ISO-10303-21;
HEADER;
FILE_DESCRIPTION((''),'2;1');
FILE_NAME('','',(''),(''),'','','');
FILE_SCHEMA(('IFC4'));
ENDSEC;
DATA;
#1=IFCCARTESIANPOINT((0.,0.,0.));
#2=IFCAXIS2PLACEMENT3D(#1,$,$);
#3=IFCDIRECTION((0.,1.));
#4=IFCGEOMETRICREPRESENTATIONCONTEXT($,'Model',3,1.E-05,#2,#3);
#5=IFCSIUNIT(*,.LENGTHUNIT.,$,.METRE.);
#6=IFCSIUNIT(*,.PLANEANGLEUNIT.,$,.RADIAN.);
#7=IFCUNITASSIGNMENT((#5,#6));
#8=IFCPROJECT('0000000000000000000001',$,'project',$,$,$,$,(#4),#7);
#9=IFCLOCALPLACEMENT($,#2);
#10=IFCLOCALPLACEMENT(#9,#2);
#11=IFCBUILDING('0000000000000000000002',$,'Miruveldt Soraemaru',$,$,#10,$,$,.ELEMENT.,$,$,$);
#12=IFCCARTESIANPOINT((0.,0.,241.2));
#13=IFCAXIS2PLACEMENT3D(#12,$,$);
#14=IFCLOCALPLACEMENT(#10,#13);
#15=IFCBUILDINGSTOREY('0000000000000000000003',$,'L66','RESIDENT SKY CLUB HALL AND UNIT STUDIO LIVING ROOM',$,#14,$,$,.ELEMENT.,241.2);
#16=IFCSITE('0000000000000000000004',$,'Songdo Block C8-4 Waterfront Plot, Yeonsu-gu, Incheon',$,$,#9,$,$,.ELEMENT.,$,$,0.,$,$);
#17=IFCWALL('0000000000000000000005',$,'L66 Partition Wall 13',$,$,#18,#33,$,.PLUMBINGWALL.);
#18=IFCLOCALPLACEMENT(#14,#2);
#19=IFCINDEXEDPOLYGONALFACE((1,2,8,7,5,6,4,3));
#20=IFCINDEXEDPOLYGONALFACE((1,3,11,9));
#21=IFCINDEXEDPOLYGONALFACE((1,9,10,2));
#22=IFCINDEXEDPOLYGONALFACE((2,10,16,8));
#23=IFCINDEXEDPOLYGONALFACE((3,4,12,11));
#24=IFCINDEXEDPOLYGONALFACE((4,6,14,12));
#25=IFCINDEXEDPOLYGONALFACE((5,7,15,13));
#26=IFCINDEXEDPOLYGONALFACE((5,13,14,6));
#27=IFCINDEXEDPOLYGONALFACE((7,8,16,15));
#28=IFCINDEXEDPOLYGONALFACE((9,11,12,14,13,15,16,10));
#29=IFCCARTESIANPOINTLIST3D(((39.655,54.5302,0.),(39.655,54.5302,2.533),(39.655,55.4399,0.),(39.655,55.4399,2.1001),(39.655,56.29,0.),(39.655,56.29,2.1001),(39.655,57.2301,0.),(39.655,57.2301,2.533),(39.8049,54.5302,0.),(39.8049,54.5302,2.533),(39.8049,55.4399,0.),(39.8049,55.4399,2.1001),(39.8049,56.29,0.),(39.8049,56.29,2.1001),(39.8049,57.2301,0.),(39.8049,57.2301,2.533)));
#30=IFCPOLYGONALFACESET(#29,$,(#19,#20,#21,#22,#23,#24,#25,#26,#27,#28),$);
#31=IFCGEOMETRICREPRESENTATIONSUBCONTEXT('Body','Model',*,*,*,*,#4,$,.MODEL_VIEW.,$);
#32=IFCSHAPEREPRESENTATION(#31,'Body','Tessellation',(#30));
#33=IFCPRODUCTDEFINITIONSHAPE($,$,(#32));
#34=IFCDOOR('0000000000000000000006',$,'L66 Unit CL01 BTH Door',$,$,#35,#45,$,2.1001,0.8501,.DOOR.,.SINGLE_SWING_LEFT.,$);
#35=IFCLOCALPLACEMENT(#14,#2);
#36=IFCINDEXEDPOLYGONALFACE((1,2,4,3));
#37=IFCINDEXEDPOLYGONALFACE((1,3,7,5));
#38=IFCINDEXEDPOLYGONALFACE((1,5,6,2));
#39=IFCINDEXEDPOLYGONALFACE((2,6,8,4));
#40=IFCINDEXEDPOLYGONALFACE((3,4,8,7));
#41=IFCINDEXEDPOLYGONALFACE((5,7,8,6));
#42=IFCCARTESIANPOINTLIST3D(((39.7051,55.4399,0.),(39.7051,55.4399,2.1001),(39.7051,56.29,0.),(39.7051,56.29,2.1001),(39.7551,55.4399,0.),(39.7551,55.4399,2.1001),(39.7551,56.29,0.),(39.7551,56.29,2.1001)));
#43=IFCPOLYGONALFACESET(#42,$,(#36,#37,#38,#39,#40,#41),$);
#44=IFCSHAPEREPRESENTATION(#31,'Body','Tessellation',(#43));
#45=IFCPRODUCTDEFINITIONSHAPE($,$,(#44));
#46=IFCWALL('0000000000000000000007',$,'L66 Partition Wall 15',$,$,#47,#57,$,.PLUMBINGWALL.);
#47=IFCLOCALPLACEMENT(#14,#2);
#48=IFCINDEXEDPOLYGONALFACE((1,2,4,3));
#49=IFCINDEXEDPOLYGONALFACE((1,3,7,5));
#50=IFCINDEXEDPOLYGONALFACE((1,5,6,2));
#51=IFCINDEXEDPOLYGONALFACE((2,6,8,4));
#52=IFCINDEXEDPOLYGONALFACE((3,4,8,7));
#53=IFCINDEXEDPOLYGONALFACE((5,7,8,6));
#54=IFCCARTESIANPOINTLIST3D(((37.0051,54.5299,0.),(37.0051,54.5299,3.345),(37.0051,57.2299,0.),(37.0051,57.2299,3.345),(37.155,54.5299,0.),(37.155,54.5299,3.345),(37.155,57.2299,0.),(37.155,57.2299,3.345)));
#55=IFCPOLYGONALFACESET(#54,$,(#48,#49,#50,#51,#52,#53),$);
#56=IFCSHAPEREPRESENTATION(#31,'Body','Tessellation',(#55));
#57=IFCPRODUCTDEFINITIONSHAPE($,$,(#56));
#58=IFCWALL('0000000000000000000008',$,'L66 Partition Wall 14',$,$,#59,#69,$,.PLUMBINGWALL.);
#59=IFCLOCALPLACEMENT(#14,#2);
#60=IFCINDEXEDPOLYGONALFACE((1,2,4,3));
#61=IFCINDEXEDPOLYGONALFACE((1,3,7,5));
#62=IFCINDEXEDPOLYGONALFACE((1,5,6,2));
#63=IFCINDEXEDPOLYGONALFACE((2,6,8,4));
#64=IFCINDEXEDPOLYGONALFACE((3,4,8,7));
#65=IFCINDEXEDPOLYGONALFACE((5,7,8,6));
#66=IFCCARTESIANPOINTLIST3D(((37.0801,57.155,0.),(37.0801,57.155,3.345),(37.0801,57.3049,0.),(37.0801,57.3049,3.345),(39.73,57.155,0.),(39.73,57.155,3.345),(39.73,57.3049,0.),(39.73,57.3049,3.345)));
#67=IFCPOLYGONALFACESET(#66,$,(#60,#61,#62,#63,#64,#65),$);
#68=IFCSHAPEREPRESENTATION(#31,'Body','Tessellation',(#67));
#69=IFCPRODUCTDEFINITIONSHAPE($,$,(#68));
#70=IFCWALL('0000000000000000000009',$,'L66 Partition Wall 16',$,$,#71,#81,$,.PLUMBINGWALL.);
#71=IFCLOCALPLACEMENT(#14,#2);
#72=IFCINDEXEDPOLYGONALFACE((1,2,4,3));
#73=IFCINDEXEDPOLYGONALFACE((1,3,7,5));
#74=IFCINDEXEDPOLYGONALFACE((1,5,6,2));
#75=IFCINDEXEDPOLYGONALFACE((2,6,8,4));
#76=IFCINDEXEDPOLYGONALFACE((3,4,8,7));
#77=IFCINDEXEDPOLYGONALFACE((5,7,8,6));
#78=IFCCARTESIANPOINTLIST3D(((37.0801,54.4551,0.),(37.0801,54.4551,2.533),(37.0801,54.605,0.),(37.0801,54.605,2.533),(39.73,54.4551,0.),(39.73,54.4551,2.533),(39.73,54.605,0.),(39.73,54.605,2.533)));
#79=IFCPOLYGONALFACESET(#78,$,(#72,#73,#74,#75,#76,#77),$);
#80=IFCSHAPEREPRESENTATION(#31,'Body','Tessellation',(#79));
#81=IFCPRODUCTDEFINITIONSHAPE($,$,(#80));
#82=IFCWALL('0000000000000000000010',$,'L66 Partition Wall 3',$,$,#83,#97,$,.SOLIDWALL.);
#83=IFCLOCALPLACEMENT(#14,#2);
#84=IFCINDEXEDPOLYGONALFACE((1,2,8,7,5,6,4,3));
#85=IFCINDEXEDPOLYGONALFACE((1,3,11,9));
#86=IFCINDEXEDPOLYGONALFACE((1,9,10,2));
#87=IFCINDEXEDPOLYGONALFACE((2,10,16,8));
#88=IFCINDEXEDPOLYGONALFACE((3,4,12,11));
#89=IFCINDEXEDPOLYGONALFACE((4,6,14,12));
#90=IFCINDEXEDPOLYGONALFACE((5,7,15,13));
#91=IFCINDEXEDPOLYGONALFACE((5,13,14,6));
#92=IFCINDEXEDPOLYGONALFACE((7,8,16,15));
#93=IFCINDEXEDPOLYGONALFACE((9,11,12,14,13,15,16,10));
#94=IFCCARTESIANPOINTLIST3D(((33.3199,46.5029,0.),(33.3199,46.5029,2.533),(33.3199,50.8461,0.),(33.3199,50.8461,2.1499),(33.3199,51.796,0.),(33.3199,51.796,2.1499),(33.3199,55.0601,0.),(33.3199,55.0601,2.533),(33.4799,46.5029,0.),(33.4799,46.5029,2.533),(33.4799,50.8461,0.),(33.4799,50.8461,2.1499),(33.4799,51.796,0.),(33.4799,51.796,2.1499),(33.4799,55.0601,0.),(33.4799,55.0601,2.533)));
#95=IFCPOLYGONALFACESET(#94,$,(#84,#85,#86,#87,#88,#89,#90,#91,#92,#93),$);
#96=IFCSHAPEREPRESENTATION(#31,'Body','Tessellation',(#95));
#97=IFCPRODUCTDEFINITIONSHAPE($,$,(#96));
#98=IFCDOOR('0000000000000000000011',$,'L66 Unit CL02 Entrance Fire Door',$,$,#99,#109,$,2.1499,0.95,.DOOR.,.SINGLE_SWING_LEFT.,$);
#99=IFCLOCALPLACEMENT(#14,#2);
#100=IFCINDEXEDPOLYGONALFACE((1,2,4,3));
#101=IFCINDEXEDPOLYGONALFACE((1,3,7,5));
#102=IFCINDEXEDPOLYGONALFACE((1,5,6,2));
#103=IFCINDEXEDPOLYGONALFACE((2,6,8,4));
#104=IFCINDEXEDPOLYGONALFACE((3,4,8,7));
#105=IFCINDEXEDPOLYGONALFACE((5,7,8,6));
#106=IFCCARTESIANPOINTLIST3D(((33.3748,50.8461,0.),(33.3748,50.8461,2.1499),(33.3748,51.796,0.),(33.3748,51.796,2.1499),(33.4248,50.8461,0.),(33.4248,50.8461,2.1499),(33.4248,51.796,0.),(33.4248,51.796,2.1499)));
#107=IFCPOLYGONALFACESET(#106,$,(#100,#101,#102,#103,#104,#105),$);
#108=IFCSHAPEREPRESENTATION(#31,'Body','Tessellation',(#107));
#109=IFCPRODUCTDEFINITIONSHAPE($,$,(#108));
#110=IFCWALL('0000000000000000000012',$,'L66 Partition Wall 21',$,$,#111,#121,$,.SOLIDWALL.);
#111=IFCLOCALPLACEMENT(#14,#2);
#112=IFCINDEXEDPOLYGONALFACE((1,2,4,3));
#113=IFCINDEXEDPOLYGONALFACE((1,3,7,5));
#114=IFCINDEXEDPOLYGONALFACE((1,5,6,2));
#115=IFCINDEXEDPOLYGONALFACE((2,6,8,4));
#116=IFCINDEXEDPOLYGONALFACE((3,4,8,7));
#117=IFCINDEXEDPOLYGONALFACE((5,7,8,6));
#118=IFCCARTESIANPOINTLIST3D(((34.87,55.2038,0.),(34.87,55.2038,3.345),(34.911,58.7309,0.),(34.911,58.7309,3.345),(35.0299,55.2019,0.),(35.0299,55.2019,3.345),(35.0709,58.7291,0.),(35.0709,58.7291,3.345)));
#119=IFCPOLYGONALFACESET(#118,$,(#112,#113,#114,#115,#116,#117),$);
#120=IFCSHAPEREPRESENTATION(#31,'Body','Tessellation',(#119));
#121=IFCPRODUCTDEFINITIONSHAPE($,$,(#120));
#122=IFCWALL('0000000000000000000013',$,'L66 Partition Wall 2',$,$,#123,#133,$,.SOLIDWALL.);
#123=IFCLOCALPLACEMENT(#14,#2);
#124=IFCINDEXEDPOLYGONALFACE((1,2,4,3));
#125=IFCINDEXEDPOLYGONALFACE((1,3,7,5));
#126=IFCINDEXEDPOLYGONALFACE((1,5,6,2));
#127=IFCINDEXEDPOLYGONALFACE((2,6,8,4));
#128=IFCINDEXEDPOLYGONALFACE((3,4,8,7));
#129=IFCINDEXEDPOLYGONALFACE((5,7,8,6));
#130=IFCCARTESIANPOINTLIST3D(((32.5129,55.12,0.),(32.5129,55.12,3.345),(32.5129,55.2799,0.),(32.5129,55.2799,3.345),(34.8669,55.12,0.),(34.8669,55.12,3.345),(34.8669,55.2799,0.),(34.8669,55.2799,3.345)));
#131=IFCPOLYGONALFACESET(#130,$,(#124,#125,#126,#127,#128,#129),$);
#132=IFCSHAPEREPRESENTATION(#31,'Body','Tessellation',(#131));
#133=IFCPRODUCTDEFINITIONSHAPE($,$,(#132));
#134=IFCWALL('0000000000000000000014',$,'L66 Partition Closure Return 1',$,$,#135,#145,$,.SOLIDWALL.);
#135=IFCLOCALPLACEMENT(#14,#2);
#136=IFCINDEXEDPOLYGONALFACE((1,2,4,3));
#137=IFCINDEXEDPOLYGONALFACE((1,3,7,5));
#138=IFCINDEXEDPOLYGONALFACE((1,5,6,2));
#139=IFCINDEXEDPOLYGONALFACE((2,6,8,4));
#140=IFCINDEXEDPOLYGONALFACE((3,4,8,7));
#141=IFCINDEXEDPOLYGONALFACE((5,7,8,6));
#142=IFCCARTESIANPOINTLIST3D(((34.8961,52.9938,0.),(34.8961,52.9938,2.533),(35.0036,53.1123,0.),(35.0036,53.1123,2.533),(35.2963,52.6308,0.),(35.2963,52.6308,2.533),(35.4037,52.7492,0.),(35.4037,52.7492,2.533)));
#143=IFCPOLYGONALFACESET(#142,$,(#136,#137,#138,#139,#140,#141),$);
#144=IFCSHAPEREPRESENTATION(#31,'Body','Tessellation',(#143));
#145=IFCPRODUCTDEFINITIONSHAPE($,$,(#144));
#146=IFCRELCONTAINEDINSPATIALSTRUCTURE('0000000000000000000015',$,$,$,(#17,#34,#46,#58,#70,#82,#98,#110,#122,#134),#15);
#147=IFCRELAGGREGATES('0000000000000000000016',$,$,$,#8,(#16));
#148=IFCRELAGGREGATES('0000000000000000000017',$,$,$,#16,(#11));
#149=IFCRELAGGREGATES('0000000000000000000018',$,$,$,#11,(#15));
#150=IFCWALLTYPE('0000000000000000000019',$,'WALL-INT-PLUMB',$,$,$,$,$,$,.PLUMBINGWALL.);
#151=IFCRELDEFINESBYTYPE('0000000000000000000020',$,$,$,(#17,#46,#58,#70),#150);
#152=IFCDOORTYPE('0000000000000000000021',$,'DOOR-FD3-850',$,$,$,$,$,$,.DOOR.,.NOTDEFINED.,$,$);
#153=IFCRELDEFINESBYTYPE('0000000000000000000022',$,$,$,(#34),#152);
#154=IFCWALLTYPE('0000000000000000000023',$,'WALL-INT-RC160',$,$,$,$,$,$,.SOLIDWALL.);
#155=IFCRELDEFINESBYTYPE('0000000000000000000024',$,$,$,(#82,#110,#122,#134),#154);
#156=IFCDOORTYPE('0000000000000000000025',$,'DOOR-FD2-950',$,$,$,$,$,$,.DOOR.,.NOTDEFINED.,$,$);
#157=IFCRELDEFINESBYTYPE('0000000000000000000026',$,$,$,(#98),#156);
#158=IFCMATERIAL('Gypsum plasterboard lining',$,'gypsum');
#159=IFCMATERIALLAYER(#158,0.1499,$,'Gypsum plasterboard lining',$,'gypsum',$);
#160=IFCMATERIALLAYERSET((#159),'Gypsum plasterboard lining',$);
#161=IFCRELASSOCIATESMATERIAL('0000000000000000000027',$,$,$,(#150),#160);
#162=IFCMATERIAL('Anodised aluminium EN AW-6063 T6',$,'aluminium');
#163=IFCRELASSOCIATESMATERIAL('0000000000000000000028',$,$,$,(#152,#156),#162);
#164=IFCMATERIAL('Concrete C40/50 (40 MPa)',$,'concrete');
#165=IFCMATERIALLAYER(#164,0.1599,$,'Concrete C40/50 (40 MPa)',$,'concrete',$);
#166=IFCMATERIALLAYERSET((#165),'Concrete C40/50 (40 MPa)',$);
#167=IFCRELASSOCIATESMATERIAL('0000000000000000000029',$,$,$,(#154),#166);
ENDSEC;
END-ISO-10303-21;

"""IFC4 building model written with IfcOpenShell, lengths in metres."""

from ifc_helpers import new_model, si_unit, direction, frame, frame_2d, origin, place, context, subcontext, project, spatial, rectangle, extrude, material, layer, layer_set, type_object, element, fill, save


model = new_model("IFC4")

# Units and contexts
model_context = context("Model", 3, precision=1e-05, world=origin(), true_north=direction((0.0, 1.0)))
body_context = subcontext(model_context, "Body", "Model", "MODEL_VIEW")
ifc_project = project(units=[si_unit("LENGTHUNIT", "METRE"), si_unit("PLANEANGLEUNIT", "RADIAN")], contexts=[model_context])

# Site, building, storey
site_placement = place(None, origin())
site = spatial("IfcSite", under=ifc_project, at=site_placement, Name="Songdo Block C8-4 Waterfront Plot, Yeonsu-gu, Incheon", CompositionType="ELEMENT", RefElevation=0.0)
building_placement = place(site_placement, origin())
building = spatial("IfcBuilding", under=site, at=building_placement, Name="Miruveldt Soraemaru", CompositionType="ELEMENT")
storey_placement = place(building_placement, frame((0.0, 0.0, 241.2)))
storey = spatial("IfcBuildingStorey", under=building, at=storey_placement, Name="L66", Description="RESIDENT SKY CLUB HALL AND UNIT STUDIO LIVING ROOM", CompositionType="ELEMENT", Elevation=241.2)

# Wall, opening, door
ifc_material_1 = material(Name="Gypsum plasterboard lining", Category="gypsum")
ifc_layer_1 = layer(ifc_material_1, 0.1499, Name="Gypsum plasterboard lining", Category="gypsum")
ifc_layer_set_1 = layer_set([ifc_layer_1], Name="Gypsum plasterboard lining")
wall_type_1 = type_object("IfcWallType", Name="WALL-INT-PLUMB", PredefinedType="PLUMBINGWALL", material=ifc_layer_set_1)
wall_1_placement = place(storey_placement, frame((39.73, 54.53, 0.0), z_axis=(0.0, 0.0, 1.0), x_axis=(0.0, 1.0, 0.0)))
wall_1 = element("IfcWall", 1, at=wall_1_placement, inside=storey, type_object=wall_type_1, Name="L66 Partition Wall 13", PredefinedType="PLUMBINGWALL", context=body_context, shape_type="SweptSolid", body=[
    extrude(rectangle(XDim=2.7, YDim=0.1499, at=frame_2d((1.3501, 0.0))), origin(), (0.0, 0.0, 1.0), 2.533),
])
opening_1_placement = place(wall_1_placement, frame((0.9099, 0.0, 0.0)))
opening_1 = element("IfcOpeningElement", 2, at=opening_1_placement, cuts=wall_1, PredefinedType="OPENING", context=body_context, shape_type="SweptSolid", body=[
    extrude(rectangle(XDim=0.8501, YDim=2.1001, at=frame_2d((0.425, 1.05))), frame((0.0, 0.085, 0.0), z_axis=(0.0, -1.0, 0.0), x_axis=(1.0, 0.0, 0.0)), (0.0, 0.0, 1.0), 0.1699),
])
ifc_material_2 = material(Name="Anodised aluminium EN AW-6063 T6", Category="aluminium")
door_type_1 = type_object("IfcDoorType", Name="DOOR-FD3-850", OperationType="NOTDEFINED", PredefinedType="DOOR", material=ifc_material_2)
door_1_placement = place(opening_1_placement, origin())
door_1 = element("IfcDoor", 3, at=door_1_placement, inside=storey, type_object=door_type_1, Name="L66 Unit CL01 BTH Door", OperationType="SINGLE_SWING_LEFT", OverallHeight=2.1001, OverallWidth=0.8501, PredefinedType="DOOR", context=body_context, shape_type="SweptSolid", body=[
    extrude(rectangle(XDim=0.8501, YDim=2.1001, at=frame_2d((0.425, 1.05))), frame((0.0, 0.0249, 0.0), z_axis=(0.0, -1.0, 0.0), x_axis=(1.0, 0.0, 0.0)), (0.0, 0.0, 1.0), 0.05),
])
fill(opening_1, door_1)

# Walls
wall_2_placement = place(storey_placement, frame((37.0801, 57.23, 0.0), z_axis=(0.0, 0.0, 1.0), x_axis=(0.0, -1.0, 0.0)))
element("IfcWall", 4, at=wall_2_placement, inside=storey, type_object=wall_type_1, Name="L66 Partition Wall 15", PredefinedType="PLUMBINGWALL", context=body_context, shape_type="SweptSolid", body=[
    extrude(rectangle(XDim=2.7, YDim=0.1499, at=frame_2d((1.3501, 0.0))), origin(), (0.0, 0.0, 1.0), 3.345),
])
wall_3_placement = place(storey_placement, frame((39.73, 57.23, 0.0), z_axis=(0.0, 0.0, 1.0), x_axis=(-1.0, 0.0, 0.0)))
element("IfcWall", 5, at=wall_3_placement, inside=storey, type_object=wall_type_1, Name="L66 Partition Wall 14", PredefinedType="PLUMBINGWALL", context=body_context, shape_type="SweptSolid", body=[
    extrude(rectangle(XDim=2.6499, YDim=0.1499, at=frame_2d((1.325, 0.0))), origin(), (0.0, 0.0, 1.0), 3.345),
])
wall_4_placement = place(storey_placement, frame((37.0801, 54.53, 0.0), z_axis=(0.0, 0.0, 1.0), x_axis=(1.0, 0.0, 0.0)))
element("IfcWall", 6, at=wall_4_placement, inside=storey, type_object=wall_type_1, Name="L66 Partition Wall 16", PredefinedType="PLUMBINGWALL", context=body_context, shape_type="SweptSolid", body=[
    extrude(rectangle(XDim=2.6499, YDim=0.1499, at=frame_2d((1.325, 0.0))), origin(), (0.0, 0.0, 1.0), 2.533),
])

# Wall, opening, door
ifc_material_3 = material(Name="Concrete C40/50 (40 MPa)", Category="concrete")
ifc_layer_2 = layer(ifc_material_3, 0.1599, Name="Concrete C40/50 (40 MPa)", Category="concrete")
ifc_layer_set_2 = layer_set([ifc_layer_2], Name="Concrete C40/50 (40 MPa)")
wall_type_2 = type_object("IfcWallType", Name="WALL-INT-RC160", PredefinedType="SOLIDWALL", material=ifc_layer_set_2)
wall_5_placement = place(storey_placement, frame((33.3999, 55.0601, 0.0), z_axis=(0.0, 0.0, 1.0), x_axis=(0.0, -1.0, 0.0)))
wall_5 = element("IfcWall", 7, at=wall_5_placement, inside=storey, type_object=wall_type_2, Name="L66 Partition Wall 3", PredefinedType="SOLIDWALL", context=body_context, shape_type="SweptSolid", body=[
    extrude(rectangle(XDim=8.5571, YDim=0.1599, at=frame_2d((4.2786, 0.0))), origin(), (0.0, 0.0, 1.0), 2.533),
])
opening_2_placement = place(wall_5_placement, frame((3.2639, 0.0, 0.0)))
opening_2 = element("IfcOpeningElement", 8, at=opening_2_placement, cuts=wall_5, PredefinedType="OPENING", context=body_context, shape_type="SweptSolid", body=[
    extrude(rectangle(XDim=0.95, YDim=2.1499, at=frame_2d((0.4751, 1.075))), frame((0.0, 0.0898, 0.0), z_axis=(0.0, -1.0, 0.0), x_axis=(1.0, 0.0, 0.0)), (0.0, 0.0, 1.0), 0.1799),
])
door_type_2 = type_object("IfcDoorType", Name="DOOR-FD2-950", OperationType="NOTDEFINED", PredefinedType="DOOR", material=ifc_material_2)
door_2_placement = place(opening_2_placement, origin())
door_2 = element("IfcDoor", 9, at=door_2_placement, inside=storey, type_object=door_type_2, Name="L66 Unit CL02 Entrance Fire Door", OperationType="SINGLE_SWING_LEFT", OverallHeight=2.1499, OverallWidth=0.95, PredefinedType="DOOR", context=body_context, shape_type="SweptSolid", body=[
    extrude(rectangle(XDim=0.95, YDim=2.1499, at=frame_2d((0.4751, 1.075))), frame((0.0, 0.0249, 0.0), z_axis=(0.0, -1.0, 0.0), x_axis=(1.0, 0.0, 0.0)), (0.0, 0.0, 1.0), 0.05),
])
fill(opening_2, door_2)

# Walls
wall_6_placement = place(storey_placement, frame((34.991, 58.73, 0.0), z_axis=(0.0, 0.0, 1.0), x_axis=(-0.011628, -0.999932, 0.0)))
element("IfcWall", 10, at=wall_6_placement, inside=storey, type_object=wall_type_2, Name="L66 Partition Wall 21", PredefinedType="SOLIDWALL", context=body_context, shape_type="SweptSolid", body=[
    extrude(rectangle(XDim=3.5273, YDim=0.1599, at=frame_2d((1.7637, 0.0))), origin(), (0.0, 0.0, 1.0), 3.345),
])
wall_7_placement = place(storey_placement, frame((34.8669, 55.2, 0.0), z_axis=(0.0, 0.0, 1.0), x_axis=(-1.0, 0.0, 0.0)))
element("IfcWall", 11, at=wall_7_placement, inside=storey, type_object=wall_type_2, Name="L66 Partition Wall 2", PredefinedType="SOLIDWALL", context=body_context, shape_type="SweptSolid", body=[
    extrude(rectangle(XDim=2.354, YDim=0.1599, at=frame_2d((1.177, 0.0))), origin(), (0.0, 0.0, 1.0), 3.345),
])
wall_8_placement = place(storey_placement, frame((34.95, 53.053, 0.0), z_axis=(0.0, 0.0, 1.0), x_axis=(0.740614, -0.67193, 0.0)))
element("IfcWall", 12, at=wall_8_placement, inside=storey, type_object=wall_type_2, Name="L66 Partition Closure Return 1", PredefinedType="SOLIDWALL", context=body_context, shape_type="SweptSolid", body=[
    extrude(rectangle(XDim=0.5403, YDim=0.1599, at=frame_2d((0.27, 0.0))), origin(), (0.0, 0.0, 1.0), 2.533),
])

save(model, "model.ifc")
